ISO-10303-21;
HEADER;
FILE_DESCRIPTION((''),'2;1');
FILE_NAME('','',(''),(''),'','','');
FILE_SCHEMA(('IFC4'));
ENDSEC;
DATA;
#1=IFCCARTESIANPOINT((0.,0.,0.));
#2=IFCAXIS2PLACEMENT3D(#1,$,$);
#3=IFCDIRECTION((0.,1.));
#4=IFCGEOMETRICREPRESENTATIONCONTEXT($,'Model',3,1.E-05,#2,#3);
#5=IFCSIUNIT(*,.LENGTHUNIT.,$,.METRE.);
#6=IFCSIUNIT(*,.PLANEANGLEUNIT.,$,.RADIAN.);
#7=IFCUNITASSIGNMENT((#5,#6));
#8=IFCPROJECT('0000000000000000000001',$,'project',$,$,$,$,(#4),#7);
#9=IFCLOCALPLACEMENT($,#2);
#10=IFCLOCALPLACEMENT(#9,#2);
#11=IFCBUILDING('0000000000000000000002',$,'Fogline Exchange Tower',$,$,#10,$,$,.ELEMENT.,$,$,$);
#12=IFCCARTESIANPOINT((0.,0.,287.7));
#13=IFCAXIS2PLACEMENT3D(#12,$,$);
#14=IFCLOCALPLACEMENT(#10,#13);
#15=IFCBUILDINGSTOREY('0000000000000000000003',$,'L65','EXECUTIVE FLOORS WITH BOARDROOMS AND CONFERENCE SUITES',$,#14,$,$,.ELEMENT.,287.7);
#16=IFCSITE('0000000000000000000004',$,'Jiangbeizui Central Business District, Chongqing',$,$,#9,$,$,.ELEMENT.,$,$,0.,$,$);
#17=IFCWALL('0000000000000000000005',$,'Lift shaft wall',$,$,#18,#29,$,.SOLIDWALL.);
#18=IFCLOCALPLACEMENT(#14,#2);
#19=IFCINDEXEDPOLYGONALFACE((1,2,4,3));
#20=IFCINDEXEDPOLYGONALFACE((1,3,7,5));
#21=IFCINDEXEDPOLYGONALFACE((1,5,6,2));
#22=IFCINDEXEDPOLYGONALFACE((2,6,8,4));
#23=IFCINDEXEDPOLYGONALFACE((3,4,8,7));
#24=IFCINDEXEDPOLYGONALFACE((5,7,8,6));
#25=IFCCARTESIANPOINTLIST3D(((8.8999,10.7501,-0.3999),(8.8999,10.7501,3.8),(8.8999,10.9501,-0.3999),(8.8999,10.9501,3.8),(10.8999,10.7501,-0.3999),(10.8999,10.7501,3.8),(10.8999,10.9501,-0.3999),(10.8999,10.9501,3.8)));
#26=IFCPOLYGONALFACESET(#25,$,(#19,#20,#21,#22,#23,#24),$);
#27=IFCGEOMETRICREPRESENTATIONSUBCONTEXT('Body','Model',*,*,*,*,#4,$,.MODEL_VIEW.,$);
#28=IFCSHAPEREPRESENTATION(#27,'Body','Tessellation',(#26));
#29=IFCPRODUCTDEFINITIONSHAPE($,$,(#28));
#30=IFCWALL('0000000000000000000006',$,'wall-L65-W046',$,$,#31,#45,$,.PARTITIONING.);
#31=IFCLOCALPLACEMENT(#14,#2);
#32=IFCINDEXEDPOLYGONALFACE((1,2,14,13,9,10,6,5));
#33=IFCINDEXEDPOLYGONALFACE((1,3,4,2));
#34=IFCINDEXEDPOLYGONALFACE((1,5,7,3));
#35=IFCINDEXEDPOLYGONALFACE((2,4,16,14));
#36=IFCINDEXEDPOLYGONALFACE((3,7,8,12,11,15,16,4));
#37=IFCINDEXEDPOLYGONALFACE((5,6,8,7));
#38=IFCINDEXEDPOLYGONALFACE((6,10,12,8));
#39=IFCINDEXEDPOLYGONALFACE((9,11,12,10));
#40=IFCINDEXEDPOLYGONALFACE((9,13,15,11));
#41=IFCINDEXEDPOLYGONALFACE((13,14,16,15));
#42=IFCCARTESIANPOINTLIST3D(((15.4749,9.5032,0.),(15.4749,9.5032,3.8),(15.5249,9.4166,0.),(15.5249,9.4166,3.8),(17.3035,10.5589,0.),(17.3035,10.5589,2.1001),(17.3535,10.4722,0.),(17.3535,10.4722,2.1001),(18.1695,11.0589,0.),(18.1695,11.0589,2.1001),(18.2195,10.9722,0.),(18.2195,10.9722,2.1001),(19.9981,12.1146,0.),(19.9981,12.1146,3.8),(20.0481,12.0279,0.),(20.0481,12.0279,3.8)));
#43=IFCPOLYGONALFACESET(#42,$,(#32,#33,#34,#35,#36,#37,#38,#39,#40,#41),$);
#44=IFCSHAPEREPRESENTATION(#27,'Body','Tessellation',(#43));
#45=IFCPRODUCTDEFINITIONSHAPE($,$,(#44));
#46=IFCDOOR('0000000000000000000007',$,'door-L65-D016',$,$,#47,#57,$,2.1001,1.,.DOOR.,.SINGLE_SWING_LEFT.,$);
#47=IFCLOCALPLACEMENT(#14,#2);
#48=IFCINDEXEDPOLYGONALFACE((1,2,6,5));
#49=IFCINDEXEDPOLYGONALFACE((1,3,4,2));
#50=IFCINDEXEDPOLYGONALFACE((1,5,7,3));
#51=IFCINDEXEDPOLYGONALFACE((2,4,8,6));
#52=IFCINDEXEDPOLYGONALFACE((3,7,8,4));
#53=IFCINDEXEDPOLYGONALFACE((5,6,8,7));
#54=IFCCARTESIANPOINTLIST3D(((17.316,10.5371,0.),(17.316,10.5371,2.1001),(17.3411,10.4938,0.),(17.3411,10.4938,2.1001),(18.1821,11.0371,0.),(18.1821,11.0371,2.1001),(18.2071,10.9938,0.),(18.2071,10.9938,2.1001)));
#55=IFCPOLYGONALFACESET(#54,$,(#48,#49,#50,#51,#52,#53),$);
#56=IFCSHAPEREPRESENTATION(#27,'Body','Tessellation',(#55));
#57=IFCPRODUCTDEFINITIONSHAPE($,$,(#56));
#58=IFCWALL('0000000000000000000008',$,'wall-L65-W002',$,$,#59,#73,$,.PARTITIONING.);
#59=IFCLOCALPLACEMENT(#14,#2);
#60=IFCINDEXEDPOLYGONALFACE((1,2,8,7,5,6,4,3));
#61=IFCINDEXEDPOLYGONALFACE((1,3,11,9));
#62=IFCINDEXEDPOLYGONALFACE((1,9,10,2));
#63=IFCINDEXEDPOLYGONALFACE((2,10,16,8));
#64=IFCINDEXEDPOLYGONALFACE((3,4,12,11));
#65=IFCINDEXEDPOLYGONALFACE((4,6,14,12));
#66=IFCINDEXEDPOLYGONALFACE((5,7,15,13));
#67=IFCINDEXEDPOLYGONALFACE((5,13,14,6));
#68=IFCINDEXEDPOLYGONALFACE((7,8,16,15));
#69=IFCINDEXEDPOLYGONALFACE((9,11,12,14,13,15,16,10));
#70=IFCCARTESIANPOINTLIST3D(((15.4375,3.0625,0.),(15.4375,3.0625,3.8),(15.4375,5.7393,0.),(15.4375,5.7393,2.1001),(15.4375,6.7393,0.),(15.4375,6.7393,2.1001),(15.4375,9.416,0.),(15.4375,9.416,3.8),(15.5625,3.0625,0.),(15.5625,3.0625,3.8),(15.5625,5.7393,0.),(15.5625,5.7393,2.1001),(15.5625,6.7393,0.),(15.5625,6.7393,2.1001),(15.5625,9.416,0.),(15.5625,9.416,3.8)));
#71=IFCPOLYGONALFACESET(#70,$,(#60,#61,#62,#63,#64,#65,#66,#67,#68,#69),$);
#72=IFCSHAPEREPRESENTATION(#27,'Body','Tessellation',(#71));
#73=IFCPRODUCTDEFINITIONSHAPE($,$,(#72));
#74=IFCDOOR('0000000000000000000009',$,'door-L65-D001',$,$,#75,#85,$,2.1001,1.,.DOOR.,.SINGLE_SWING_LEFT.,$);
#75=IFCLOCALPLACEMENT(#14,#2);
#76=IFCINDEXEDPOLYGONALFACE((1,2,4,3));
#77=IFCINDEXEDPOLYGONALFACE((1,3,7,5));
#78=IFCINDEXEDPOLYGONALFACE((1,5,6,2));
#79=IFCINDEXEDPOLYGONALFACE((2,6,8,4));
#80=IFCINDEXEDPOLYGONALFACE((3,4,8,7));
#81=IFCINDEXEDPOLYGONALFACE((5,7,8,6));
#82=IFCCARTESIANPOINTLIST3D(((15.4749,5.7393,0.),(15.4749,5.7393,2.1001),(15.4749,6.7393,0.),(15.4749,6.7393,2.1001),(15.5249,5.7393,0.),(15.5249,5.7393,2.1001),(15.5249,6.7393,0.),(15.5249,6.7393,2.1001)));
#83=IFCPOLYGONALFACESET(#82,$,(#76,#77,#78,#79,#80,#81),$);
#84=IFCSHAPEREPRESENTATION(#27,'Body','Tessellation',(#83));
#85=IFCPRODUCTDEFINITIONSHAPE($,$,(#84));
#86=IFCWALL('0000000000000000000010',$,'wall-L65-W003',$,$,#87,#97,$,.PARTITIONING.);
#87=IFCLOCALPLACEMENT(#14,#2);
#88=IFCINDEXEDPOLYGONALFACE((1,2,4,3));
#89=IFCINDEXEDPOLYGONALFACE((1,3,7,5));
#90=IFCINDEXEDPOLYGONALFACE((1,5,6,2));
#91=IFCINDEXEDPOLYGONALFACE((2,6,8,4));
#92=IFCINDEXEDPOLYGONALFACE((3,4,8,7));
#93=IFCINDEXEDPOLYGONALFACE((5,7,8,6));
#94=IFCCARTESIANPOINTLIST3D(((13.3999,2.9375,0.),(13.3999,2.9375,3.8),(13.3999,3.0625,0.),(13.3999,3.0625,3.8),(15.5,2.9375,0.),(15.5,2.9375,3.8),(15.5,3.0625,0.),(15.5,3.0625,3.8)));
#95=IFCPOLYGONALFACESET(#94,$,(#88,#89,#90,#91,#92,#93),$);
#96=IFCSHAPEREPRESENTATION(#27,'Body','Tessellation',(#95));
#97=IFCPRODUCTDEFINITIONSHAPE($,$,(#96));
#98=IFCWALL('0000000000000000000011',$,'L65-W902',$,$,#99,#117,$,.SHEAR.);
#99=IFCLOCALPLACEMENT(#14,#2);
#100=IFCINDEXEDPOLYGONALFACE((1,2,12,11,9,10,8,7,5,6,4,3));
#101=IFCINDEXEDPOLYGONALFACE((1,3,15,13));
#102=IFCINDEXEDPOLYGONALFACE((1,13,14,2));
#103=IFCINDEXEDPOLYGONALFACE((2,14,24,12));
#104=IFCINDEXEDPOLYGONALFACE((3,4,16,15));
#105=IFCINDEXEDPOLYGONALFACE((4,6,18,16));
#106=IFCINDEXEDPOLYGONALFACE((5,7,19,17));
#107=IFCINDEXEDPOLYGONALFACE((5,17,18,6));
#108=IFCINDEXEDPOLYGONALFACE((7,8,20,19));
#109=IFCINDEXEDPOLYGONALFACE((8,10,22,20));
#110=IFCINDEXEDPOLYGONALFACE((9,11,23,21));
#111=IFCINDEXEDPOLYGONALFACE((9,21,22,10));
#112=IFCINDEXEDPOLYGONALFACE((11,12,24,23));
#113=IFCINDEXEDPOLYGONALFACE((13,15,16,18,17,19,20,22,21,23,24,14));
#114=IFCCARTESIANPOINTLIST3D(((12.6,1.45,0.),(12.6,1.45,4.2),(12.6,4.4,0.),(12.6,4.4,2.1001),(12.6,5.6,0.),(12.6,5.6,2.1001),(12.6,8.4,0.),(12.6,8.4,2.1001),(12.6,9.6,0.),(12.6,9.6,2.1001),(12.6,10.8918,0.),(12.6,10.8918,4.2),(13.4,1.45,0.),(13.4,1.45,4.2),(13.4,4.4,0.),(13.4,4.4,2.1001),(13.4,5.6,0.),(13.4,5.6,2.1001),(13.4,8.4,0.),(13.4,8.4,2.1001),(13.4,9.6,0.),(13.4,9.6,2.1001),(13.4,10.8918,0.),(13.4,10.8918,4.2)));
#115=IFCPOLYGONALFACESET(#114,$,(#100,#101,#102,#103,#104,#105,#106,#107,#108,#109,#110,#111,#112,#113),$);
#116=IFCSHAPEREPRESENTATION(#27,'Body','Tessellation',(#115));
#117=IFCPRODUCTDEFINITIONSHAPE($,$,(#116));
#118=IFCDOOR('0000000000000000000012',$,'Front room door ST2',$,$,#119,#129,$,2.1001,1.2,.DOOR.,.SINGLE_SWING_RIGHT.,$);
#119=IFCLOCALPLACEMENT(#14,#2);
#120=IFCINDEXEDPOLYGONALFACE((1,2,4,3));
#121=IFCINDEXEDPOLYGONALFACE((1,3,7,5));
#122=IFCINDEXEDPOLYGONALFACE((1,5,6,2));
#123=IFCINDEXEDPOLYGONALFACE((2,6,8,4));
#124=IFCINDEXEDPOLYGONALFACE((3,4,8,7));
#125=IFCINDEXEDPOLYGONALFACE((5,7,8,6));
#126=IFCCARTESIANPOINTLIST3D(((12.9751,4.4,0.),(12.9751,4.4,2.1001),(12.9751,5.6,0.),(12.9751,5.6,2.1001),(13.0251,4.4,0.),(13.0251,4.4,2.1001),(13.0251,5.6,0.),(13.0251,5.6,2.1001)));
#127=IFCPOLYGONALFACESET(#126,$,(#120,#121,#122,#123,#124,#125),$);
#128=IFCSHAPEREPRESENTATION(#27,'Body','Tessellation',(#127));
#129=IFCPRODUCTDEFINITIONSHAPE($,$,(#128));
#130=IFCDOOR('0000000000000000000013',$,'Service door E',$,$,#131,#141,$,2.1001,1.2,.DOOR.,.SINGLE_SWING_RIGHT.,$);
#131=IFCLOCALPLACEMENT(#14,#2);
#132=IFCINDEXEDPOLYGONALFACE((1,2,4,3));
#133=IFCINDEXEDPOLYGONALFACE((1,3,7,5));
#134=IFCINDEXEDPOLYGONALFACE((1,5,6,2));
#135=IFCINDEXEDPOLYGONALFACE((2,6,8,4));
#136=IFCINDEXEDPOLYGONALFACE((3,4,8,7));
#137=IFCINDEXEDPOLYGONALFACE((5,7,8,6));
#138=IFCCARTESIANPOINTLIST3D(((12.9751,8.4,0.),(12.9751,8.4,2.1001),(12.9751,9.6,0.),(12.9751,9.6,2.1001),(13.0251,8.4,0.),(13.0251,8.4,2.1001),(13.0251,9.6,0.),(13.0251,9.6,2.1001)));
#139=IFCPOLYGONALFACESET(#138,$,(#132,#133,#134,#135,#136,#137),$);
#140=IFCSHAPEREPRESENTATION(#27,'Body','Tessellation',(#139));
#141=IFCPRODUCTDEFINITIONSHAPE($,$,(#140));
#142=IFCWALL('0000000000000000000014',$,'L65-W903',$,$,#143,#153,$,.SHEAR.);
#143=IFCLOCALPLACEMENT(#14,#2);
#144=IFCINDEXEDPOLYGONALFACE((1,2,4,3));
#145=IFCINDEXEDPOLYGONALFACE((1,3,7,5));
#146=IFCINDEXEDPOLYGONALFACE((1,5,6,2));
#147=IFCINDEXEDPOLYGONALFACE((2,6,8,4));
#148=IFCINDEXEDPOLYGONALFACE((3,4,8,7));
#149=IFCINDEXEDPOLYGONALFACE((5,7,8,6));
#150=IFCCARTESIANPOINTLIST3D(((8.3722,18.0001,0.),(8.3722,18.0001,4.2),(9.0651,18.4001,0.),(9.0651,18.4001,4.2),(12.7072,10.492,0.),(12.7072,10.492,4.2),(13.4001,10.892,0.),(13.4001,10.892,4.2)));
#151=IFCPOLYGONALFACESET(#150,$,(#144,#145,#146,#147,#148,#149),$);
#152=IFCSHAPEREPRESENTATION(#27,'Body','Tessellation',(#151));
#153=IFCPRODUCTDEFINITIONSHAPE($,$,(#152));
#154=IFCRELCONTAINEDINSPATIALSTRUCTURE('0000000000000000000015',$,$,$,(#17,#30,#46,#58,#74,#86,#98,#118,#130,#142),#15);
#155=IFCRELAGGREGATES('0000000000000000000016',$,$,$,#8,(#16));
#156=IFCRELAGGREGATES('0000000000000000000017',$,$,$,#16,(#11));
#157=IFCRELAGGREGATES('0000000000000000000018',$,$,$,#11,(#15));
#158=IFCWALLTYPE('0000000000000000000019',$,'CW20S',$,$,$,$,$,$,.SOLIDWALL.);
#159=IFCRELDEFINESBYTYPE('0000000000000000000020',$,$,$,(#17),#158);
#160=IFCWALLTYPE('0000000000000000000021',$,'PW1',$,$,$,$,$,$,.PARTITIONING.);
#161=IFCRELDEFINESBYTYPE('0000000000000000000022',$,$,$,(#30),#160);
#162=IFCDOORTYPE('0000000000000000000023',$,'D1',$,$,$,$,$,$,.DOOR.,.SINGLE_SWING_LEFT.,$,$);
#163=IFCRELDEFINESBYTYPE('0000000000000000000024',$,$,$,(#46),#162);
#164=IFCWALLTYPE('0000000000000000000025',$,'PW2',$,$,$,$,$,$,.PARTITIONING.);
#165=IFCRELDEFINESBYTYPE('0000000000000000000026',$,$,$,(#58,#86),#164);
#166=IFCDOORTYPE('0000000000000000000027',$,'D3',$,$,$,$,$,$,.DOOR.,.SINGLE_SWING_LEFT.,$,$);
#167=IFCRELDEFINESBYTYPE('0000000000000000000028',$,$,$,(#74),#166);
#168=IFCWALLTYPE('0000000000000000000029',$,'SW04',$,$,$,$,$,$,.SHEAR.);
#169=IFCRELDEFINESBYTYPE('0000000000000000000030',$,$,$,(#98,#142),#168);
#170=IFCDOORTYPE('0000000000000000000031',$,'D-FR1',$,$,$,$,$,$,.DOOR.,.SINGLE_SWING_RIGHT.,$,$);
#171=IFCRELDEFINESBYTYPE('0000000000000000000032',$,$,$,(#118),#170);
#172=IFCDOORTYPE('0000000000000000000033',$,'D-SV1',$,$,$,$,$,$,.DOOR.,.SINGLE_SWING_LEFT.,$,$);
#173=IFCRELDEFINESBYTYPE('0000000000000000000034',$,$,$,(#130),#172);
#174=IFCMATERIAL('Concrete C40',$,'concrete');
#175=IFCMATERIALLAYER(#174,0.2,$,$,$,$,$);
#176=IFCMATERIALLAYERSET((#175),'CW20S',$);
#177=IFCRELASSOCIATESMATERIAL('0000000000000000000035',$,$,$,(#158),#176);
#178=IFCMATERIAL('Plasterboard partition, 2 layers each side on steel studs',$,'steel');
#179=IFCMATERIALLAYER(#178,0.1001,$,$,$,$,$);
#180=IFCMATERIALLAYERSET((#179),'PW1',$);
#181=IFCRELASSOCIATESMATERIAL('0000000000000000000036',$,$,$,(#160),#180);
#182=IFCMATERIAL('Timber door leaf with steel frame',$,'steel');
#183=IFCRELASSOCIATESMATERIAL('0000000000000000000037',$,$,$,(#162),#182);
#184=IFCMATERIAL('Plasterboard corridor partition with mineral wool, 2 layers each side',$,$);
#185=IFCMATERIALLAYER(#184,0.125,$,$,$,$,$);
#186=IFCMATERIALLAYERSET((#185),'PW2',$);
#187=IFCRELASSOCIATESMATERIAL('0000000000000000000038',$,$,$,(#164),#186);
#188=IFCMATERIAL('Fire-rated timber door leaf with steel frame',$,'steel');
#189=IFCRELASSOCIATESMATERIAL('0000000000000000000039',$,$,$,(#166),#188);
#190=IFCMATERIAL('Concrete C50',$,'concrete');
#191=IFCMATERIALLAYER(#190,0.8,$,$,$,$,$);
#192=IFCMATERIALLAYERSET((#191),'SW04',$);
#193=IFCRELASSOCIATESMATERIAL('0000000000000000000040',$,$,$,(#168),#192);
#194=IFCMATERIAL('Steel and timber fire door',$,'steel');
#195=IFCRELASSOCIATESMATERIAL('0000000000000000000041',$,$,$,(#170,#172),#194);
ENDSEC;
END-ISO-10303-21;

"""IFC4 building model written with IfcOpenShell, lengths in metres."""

from ifc_helpers import new_model, si_unit, direction, frame, frame_2d, origin, place, context, subcontext, project, spatial, rectangle, extrude, material, layer, layer_set, type_object, element, fill, save


model = new_model("IFC4")

# Units and contexts
model_context = context("Model", 3, precision=1e-05, world=origin(), true_north=direction((0.0, 1.0)))
body_context = subcontext(model_context, "Body", "Model", "MODEL_VIEW")
ifc_project = project(units=[si_unit("LENGTHUNIT", "METRE"), si_unit("PLANEANGLEUNIT", "RADIAN")], contexts=[model_context])

# Site, building, storey
site_placement = place(None, origin())
site = spatial("IfcSite", under=ifc_project, at=site_placement, Name="Jiangbeizui Central Business District, Chongqing", CompositionType="ELEMENT", RefElevation=0.0)
building_placement = place(site_placement, origin())
building = spatial("IfcBuilding", under=site, at=building_placement, Name="Fogline Exchange Tower", CompositionType="ELEMENT")
storey_placement = place(building_placement, frame((0.0, 0.0, 287.7)))
storey = spatial("IfcBuildingStorey", under=building, at=storey_placement, Name="L65", Description="EXECUTIVE FLOORS WITH BOARDROOMS AND CONFERENCE SUITES", CompositionType="ELEMENT", Elevation=287.7)

# Shared definitions
ifc_material_1 = material(Name="Concrete C40", Category="concrete")

# Shared definitions
ifc_material_2 = material(Name="Steel and timber fire door", Category="steel")

# Shared definitions
ifc_layer_1 = layer(ifc_material_1, 0.2)
ifc_layer_set_1 = layer_set([ifc_layer_1], Name="CW20S")
wall_type_1 = type_object("IfcWallType", Name="CW20S", PredefinedType="SOLIDWALL", material=ifc_layer_set_1)

# Wall
for number, where, z_axis, x_axis, name in (
    (1, (8.8999, 10.8501, -0.3999), (0.0, 0.0, 1.0), (1.0, 0.0, 0.0), "Lift shaft wall"),
):
    element("IfcWall", number, at=place(storey_placement, frame(where, z_axis=z_axis, x_axis=x_axis)), inside=storey, type_object=wall_type_1, Name=name, PredefinedType="SOLIDWALL", context=body_context, shape_type="SweptSolid", body=[
        extrude(rectangle(XDim=2.0, YDim=0.2, at=frame_2d((1.0, 0.0))), origin(), (0.0, 0.0, 1.0), 4.2),
    ])

# Walls, openings, doors
ifc_material_3 = material(Name="Plasterboard partition, 2 layers each side on steel studs", Category="steel")
ifc_layer_2 = layer(ifc_material_3, 0.1001)
ifc_layer_set_2 = layer_set([ifc_layer_2], Name="PW1")
wall_type_2 = type_object("IfcWallType", Name="PW1", PredefinedType="PARTITIONING", material=ifc_layer_set_2)
wall_1_placement = place(storey_placement, frame((15.5, 9.46, 0.0), z_axis=(0.0, 0.0, 1.0), x_axis=(0.866037, 0.49998, 0.0)))
wall_1 = element("IfcWall", 2, at=wall_1_placement, inside=storey, type_object=wall_type_2, Name="wall-L65-W046", PredefinedType="PARTITIONING", context=body_context, shape_type="SweptSolid", body=[
    extrude(rectangle(XDim=5.2229, YDim=0.1001, at=frame_2d((2.6113, 0.0))), origin(), (0.0, 0.0, 1.0), 3.8),
])
opening_1_placement = place(wall_1_placement, frame((2.1113, 0.0, 0.0)))
opening_1 = element("IfcOpeningElement", 3, at=opening_1_placement, cuts=wall_1, PredefinedType="OPENING", context=body_context, shape_type="SweptSolid", body=[
    extrude(rectangle(XDim=1.0, YDim=2.1001, at=frame_2d((0.5, 1.05))), frame((0.0, 0.0601, 0.0), z_axis=(0.0, -1.0, 0.0), x_axis=(1.0, 0.0, 0.0)), (0.0, 0.0, 1.0), 0.1201),
])
ifc_material_4 = material(Name="Timber door leaf with steel frame", Category="steel")
door_type_1 = type_object("IfcDoorType", Name="D1", OperationType="SINGLE_SWING_LEFT", PredefinedType="DOOR", material=ifc_material_4)
door_1_placement = place(opening_1_placement, origin())
door_1 = element("IfcDoor", 4, at=door_1_placement, inside=storey, type_object=door_type_1, Name="door-L65-D016", OperationType="SINGLE_SWING_LEFT", OverallHeight=2.1001, OverallWidth=1.0, PredefinedType="DOOR", context=body_context, shape_type="SweptSolid", body=[
    extrude(rectangle(XDim=1.0, YDim=2.1001, at=frame_2d((0.5, 1.05))), frame((0.0, 0.0249, 0.0), z_axis=(0.0, -1.0, 0.0), x_axis=(1.0, 0.0, 0.0)), (0.0, 0.0, 1.0), 0.05),
])
fill(opening_1, door_1)
ifc_material_5 = material(Name="Plasterboard corridor partition with mineral wool, 2 layers each side")
ifc_layer_3 = layer(ifc_material_5, 0.125)
ifc_layer_set_3 = layer_set([ifc_layer_3], Name="PW2")
wall_type_3 = type_object("IfcWallType", Name="PW2", PredefinedType="PARTITIONING", material=ifc_layer_set_3)
wall_2_placement = place(storey_placement, frame((15.5, 9.416, 0.0), z_axis=(0.0, 0.0, 1.0), x_axis=(0.0, -1.0, 0.0)))
wall_2 = element("IfcWall", 5, at=wall_2_placement, inside=storey, type_object=wall_type_3, Name="wall-L65-W002", PredefinedType="PARTITIONING", context=body_context, shape_type="SweptSolid", body=[
    extrude(rectangle(XDim=6.3535, YDim=0.125, at=frame_2d((3.1768, 0.0))), origin(), (0.0, 0.0, 1.0), 3.8),
])
opening_2_placement = place(wall_2_placement, frame((2.6768, 0.0, 0.0)))
opening_2 = element("IfcOpeningElement", 6, at=opening_2_placement, cuts=wall_2, PredefinedType="OPENING", context=body_context, shape_type="SweptSolid", body=[
    extrude(rectangle(XDim=1.0, YDim=2.1001, at=frame_2d((0.5, 1.05))), frame((0.0, 0.0725, 0.0), z_axis=(0.0, -1.0, 0.0), x_axis=(1.0, 0.0, 0.0)), (0.0, 0.0, 1.0), 0.145),
])
ifc_material_6 = material(Name="Fire-rated timber door leaf with steel frame", Category="steel")
door_type_2 = type_object("IfcDoorType", Name="D3", OperationType="SINGLE_SWING_LEFT", PredefinedType="DOOR", material=ifc_material_6)
door_2_placement = place(opening_2_placement, origin())
door_2 = element("IfcDoor", 7, at=door_2_placement, inside=storey, type_object=door_type_2, Name="door-L65-D001", OperationType="SINGLE_SWING_LEFT", OverallHeight=2.1001, OverallWidth=1.0, PredefinedType="DOOR", context=body_context, shape_type="SweptSolid", body=[
    extrude(rectangle(XDim=1.0, YDim=2.1001, at=frame_2d((0.5, 1.05))), frame((0.0, 0.0249, 0.0), z_axis=(0.0, -1.0, 0.0), x_axis=(1.0, 0.0, 0.0)), (0.0, 0.0, 1.0), 0.05),
])
fill(opening_2, door_2)

# Wall
wall_3_placement = place(storey_placement, frame((15.5, 3.0, 0.0), z_axis=(0.0, 0.0, 1.0), x_axis=(-1.0, 0.0, 0.0)))
element("IfcWall", 8, at=wall_3_placement, inside=storey, type_object=wall_type_3, Name="wall-L65-W003", PredefinedType="PARTITIONING", context=body_context, shape_type="SweptSolid", body=[
    extrude(rectangle(XDim=2.1001, YDim=0.125, at=frame_2d((1.05, 0.0))), origin(), (0.0, 0.0, 1.0), 3.8),
])

# Wall, openings, doors
ifc_material_7 = material(Name="Concrete C50", Category="concrete")
ifc_layer_4 = layer(ifc_material_7, 0.8)
ifc_layer_set_4 = layer_set([ifc_layer_4], Name="SW04")
wall_type_4 = type_object("IfcWallType", Name="SW04", PredefinedType="SHEAR", material=ifc_layer_set_4)
wall_4_placement = place(storey_placement, frame((13.0, 1.45, 0.0), z_axis=(0.0, 0.0, 1.0), x_axis=(0.0, 1.0, 0.0)))
wall_4 = element("IfcWall", 9, at=wall_4_placement, inside=storey, type_object=wall_type_4, Name="L65-W902", PredefinedType="SHEAR", context=body_context, shape_type="SweptSolid", body=[
    extrude(rectangle(XDim=9.4419, YDim=0.8, at=frame_2d((4.7209, 0.0))), origin(), (0.0, 0.0, 1.0), 4.2),
])
opening_3_placement = place(wall_4_placement, frame((2.95, 0.0, 0.0)))
opening_3 = element("IfcOpeningElement", 10, at=opening_3_placement, cuts=wall_4, PredefinedType="OPENING", context=body_context, shape_type="SweptSolid", body=[
    extrude(rectangle(XDim=1.2, YDim=2.1001, at=frame_2d((0.6001, 1.05))), frame((0.0, 0.4102, 0.0), z_axis=(0.0, -1.0, 0.0), x_axis=(1.0, 0.0, 0.0)), (0.0, 0.0, 1.0), 0.8201),
])
opening_4_placement = place(wall_4_placement, frame((6.95, 0.0, 0.0)))
opening_4 = element("IfcOpeningElement", 11, at=opening_4_placement, cuts=wall_4, PredefinedType="OPENING", context=body_context, shape_type="SweptSolid", body=[
    extrude(rectangle(XDim=1.2, YDim=2.1001, at=frame_2d((0.6001, 1.05))), frame((0.0, 0.4102, 0.0), z_axis=(0.0, -1.0, 0.0), x_axis=(1.0, 0.0, 0.0)), (0.0, 0.0, 1.0), 0.8201),
])
door_type_3 = type_object("IfcDoorType", Name="D-FR1", OperationType="SINGLE_SWING_RIGHT", PredefinedType="DOOR", material=ifc_material_2)
door_3_placement = place(opening_3_placement, origin())
door_3 = element("IfcDoor", 12, at=door_3_placement, inside=storey, type_object=door_type_3, Name="Front room door ST2", OperationType="SINGLE_SWING_RIGHT", OverallHeight=2.1001, OverallWidth=1.2, PredefinedType="DOOR", context=body_context, shape_type="SweptSolid", body=[
    extrude(rectangle(XDim=1.2, YDim=2.1001, at=frame_2d((0.6001, 1.05))), frame((0.0, 0.0249, 0.0), z_axis=(0.0, -1.0, 0.0), x_axis=(1.0, 0.0, 0.0)), (0.0, 0.0, 1.0), 0.05),
])
fill(opening_3, door_3)
door_type_4 = type_object("IfcDoorType", Name="D-SV1", OperationType="SINGLE_SWING_LEFT", PredefinedType="DOOR", material=ifc_material_2)
door_4_placement = place(opening_4_placement, origin())
door_4 = element("IfcDoor", 13, at=door_4_placement, inside=storey, type_object=door_type_4, Name="Service door E", OperationType="SINGLE_SWING_RIGHT", OverallHeight=2.1001, OverallWidth=1.2, PredefinedType="DOOR", context=body_context, shape_type="SweptSolid", body=[
    extrude(rectangle(XDim=1.2, YDim=2.1001, at=frame_2d((0.6001, 1.05))), frame((0.0, 0.0249, 0.0), z_axis=(0.0, -1.0, 0.0), x_axis=(1.0, 0.0, 0.0)), (0.0, 0.0, 1.0), 0.05),
])
fill(opening_4, door_4)

# Wall
wall_5_placement = place(storey_placement, frame((13.0537, 10.6919, 0.0), z_axis=(0.0, 0.0, 1.0), x_axis=(-0.500016, 0.866016, 0.0)))
element("IfcWall", 14, at=wall_5_placement, inside=storey, type_object=wall_type_4, Name="L65-W903", PredefinedType="SHEAR", context=body_context, shape_type="SweptSolid", body=[
    extrude(rectangle(XDim=8.6697, YDim=0.8, at=frame_2d((4.335, 0.0))), origin(), (0.0, 0.0, 1.0), 4.2),
])

save(model, "model.ifc")
